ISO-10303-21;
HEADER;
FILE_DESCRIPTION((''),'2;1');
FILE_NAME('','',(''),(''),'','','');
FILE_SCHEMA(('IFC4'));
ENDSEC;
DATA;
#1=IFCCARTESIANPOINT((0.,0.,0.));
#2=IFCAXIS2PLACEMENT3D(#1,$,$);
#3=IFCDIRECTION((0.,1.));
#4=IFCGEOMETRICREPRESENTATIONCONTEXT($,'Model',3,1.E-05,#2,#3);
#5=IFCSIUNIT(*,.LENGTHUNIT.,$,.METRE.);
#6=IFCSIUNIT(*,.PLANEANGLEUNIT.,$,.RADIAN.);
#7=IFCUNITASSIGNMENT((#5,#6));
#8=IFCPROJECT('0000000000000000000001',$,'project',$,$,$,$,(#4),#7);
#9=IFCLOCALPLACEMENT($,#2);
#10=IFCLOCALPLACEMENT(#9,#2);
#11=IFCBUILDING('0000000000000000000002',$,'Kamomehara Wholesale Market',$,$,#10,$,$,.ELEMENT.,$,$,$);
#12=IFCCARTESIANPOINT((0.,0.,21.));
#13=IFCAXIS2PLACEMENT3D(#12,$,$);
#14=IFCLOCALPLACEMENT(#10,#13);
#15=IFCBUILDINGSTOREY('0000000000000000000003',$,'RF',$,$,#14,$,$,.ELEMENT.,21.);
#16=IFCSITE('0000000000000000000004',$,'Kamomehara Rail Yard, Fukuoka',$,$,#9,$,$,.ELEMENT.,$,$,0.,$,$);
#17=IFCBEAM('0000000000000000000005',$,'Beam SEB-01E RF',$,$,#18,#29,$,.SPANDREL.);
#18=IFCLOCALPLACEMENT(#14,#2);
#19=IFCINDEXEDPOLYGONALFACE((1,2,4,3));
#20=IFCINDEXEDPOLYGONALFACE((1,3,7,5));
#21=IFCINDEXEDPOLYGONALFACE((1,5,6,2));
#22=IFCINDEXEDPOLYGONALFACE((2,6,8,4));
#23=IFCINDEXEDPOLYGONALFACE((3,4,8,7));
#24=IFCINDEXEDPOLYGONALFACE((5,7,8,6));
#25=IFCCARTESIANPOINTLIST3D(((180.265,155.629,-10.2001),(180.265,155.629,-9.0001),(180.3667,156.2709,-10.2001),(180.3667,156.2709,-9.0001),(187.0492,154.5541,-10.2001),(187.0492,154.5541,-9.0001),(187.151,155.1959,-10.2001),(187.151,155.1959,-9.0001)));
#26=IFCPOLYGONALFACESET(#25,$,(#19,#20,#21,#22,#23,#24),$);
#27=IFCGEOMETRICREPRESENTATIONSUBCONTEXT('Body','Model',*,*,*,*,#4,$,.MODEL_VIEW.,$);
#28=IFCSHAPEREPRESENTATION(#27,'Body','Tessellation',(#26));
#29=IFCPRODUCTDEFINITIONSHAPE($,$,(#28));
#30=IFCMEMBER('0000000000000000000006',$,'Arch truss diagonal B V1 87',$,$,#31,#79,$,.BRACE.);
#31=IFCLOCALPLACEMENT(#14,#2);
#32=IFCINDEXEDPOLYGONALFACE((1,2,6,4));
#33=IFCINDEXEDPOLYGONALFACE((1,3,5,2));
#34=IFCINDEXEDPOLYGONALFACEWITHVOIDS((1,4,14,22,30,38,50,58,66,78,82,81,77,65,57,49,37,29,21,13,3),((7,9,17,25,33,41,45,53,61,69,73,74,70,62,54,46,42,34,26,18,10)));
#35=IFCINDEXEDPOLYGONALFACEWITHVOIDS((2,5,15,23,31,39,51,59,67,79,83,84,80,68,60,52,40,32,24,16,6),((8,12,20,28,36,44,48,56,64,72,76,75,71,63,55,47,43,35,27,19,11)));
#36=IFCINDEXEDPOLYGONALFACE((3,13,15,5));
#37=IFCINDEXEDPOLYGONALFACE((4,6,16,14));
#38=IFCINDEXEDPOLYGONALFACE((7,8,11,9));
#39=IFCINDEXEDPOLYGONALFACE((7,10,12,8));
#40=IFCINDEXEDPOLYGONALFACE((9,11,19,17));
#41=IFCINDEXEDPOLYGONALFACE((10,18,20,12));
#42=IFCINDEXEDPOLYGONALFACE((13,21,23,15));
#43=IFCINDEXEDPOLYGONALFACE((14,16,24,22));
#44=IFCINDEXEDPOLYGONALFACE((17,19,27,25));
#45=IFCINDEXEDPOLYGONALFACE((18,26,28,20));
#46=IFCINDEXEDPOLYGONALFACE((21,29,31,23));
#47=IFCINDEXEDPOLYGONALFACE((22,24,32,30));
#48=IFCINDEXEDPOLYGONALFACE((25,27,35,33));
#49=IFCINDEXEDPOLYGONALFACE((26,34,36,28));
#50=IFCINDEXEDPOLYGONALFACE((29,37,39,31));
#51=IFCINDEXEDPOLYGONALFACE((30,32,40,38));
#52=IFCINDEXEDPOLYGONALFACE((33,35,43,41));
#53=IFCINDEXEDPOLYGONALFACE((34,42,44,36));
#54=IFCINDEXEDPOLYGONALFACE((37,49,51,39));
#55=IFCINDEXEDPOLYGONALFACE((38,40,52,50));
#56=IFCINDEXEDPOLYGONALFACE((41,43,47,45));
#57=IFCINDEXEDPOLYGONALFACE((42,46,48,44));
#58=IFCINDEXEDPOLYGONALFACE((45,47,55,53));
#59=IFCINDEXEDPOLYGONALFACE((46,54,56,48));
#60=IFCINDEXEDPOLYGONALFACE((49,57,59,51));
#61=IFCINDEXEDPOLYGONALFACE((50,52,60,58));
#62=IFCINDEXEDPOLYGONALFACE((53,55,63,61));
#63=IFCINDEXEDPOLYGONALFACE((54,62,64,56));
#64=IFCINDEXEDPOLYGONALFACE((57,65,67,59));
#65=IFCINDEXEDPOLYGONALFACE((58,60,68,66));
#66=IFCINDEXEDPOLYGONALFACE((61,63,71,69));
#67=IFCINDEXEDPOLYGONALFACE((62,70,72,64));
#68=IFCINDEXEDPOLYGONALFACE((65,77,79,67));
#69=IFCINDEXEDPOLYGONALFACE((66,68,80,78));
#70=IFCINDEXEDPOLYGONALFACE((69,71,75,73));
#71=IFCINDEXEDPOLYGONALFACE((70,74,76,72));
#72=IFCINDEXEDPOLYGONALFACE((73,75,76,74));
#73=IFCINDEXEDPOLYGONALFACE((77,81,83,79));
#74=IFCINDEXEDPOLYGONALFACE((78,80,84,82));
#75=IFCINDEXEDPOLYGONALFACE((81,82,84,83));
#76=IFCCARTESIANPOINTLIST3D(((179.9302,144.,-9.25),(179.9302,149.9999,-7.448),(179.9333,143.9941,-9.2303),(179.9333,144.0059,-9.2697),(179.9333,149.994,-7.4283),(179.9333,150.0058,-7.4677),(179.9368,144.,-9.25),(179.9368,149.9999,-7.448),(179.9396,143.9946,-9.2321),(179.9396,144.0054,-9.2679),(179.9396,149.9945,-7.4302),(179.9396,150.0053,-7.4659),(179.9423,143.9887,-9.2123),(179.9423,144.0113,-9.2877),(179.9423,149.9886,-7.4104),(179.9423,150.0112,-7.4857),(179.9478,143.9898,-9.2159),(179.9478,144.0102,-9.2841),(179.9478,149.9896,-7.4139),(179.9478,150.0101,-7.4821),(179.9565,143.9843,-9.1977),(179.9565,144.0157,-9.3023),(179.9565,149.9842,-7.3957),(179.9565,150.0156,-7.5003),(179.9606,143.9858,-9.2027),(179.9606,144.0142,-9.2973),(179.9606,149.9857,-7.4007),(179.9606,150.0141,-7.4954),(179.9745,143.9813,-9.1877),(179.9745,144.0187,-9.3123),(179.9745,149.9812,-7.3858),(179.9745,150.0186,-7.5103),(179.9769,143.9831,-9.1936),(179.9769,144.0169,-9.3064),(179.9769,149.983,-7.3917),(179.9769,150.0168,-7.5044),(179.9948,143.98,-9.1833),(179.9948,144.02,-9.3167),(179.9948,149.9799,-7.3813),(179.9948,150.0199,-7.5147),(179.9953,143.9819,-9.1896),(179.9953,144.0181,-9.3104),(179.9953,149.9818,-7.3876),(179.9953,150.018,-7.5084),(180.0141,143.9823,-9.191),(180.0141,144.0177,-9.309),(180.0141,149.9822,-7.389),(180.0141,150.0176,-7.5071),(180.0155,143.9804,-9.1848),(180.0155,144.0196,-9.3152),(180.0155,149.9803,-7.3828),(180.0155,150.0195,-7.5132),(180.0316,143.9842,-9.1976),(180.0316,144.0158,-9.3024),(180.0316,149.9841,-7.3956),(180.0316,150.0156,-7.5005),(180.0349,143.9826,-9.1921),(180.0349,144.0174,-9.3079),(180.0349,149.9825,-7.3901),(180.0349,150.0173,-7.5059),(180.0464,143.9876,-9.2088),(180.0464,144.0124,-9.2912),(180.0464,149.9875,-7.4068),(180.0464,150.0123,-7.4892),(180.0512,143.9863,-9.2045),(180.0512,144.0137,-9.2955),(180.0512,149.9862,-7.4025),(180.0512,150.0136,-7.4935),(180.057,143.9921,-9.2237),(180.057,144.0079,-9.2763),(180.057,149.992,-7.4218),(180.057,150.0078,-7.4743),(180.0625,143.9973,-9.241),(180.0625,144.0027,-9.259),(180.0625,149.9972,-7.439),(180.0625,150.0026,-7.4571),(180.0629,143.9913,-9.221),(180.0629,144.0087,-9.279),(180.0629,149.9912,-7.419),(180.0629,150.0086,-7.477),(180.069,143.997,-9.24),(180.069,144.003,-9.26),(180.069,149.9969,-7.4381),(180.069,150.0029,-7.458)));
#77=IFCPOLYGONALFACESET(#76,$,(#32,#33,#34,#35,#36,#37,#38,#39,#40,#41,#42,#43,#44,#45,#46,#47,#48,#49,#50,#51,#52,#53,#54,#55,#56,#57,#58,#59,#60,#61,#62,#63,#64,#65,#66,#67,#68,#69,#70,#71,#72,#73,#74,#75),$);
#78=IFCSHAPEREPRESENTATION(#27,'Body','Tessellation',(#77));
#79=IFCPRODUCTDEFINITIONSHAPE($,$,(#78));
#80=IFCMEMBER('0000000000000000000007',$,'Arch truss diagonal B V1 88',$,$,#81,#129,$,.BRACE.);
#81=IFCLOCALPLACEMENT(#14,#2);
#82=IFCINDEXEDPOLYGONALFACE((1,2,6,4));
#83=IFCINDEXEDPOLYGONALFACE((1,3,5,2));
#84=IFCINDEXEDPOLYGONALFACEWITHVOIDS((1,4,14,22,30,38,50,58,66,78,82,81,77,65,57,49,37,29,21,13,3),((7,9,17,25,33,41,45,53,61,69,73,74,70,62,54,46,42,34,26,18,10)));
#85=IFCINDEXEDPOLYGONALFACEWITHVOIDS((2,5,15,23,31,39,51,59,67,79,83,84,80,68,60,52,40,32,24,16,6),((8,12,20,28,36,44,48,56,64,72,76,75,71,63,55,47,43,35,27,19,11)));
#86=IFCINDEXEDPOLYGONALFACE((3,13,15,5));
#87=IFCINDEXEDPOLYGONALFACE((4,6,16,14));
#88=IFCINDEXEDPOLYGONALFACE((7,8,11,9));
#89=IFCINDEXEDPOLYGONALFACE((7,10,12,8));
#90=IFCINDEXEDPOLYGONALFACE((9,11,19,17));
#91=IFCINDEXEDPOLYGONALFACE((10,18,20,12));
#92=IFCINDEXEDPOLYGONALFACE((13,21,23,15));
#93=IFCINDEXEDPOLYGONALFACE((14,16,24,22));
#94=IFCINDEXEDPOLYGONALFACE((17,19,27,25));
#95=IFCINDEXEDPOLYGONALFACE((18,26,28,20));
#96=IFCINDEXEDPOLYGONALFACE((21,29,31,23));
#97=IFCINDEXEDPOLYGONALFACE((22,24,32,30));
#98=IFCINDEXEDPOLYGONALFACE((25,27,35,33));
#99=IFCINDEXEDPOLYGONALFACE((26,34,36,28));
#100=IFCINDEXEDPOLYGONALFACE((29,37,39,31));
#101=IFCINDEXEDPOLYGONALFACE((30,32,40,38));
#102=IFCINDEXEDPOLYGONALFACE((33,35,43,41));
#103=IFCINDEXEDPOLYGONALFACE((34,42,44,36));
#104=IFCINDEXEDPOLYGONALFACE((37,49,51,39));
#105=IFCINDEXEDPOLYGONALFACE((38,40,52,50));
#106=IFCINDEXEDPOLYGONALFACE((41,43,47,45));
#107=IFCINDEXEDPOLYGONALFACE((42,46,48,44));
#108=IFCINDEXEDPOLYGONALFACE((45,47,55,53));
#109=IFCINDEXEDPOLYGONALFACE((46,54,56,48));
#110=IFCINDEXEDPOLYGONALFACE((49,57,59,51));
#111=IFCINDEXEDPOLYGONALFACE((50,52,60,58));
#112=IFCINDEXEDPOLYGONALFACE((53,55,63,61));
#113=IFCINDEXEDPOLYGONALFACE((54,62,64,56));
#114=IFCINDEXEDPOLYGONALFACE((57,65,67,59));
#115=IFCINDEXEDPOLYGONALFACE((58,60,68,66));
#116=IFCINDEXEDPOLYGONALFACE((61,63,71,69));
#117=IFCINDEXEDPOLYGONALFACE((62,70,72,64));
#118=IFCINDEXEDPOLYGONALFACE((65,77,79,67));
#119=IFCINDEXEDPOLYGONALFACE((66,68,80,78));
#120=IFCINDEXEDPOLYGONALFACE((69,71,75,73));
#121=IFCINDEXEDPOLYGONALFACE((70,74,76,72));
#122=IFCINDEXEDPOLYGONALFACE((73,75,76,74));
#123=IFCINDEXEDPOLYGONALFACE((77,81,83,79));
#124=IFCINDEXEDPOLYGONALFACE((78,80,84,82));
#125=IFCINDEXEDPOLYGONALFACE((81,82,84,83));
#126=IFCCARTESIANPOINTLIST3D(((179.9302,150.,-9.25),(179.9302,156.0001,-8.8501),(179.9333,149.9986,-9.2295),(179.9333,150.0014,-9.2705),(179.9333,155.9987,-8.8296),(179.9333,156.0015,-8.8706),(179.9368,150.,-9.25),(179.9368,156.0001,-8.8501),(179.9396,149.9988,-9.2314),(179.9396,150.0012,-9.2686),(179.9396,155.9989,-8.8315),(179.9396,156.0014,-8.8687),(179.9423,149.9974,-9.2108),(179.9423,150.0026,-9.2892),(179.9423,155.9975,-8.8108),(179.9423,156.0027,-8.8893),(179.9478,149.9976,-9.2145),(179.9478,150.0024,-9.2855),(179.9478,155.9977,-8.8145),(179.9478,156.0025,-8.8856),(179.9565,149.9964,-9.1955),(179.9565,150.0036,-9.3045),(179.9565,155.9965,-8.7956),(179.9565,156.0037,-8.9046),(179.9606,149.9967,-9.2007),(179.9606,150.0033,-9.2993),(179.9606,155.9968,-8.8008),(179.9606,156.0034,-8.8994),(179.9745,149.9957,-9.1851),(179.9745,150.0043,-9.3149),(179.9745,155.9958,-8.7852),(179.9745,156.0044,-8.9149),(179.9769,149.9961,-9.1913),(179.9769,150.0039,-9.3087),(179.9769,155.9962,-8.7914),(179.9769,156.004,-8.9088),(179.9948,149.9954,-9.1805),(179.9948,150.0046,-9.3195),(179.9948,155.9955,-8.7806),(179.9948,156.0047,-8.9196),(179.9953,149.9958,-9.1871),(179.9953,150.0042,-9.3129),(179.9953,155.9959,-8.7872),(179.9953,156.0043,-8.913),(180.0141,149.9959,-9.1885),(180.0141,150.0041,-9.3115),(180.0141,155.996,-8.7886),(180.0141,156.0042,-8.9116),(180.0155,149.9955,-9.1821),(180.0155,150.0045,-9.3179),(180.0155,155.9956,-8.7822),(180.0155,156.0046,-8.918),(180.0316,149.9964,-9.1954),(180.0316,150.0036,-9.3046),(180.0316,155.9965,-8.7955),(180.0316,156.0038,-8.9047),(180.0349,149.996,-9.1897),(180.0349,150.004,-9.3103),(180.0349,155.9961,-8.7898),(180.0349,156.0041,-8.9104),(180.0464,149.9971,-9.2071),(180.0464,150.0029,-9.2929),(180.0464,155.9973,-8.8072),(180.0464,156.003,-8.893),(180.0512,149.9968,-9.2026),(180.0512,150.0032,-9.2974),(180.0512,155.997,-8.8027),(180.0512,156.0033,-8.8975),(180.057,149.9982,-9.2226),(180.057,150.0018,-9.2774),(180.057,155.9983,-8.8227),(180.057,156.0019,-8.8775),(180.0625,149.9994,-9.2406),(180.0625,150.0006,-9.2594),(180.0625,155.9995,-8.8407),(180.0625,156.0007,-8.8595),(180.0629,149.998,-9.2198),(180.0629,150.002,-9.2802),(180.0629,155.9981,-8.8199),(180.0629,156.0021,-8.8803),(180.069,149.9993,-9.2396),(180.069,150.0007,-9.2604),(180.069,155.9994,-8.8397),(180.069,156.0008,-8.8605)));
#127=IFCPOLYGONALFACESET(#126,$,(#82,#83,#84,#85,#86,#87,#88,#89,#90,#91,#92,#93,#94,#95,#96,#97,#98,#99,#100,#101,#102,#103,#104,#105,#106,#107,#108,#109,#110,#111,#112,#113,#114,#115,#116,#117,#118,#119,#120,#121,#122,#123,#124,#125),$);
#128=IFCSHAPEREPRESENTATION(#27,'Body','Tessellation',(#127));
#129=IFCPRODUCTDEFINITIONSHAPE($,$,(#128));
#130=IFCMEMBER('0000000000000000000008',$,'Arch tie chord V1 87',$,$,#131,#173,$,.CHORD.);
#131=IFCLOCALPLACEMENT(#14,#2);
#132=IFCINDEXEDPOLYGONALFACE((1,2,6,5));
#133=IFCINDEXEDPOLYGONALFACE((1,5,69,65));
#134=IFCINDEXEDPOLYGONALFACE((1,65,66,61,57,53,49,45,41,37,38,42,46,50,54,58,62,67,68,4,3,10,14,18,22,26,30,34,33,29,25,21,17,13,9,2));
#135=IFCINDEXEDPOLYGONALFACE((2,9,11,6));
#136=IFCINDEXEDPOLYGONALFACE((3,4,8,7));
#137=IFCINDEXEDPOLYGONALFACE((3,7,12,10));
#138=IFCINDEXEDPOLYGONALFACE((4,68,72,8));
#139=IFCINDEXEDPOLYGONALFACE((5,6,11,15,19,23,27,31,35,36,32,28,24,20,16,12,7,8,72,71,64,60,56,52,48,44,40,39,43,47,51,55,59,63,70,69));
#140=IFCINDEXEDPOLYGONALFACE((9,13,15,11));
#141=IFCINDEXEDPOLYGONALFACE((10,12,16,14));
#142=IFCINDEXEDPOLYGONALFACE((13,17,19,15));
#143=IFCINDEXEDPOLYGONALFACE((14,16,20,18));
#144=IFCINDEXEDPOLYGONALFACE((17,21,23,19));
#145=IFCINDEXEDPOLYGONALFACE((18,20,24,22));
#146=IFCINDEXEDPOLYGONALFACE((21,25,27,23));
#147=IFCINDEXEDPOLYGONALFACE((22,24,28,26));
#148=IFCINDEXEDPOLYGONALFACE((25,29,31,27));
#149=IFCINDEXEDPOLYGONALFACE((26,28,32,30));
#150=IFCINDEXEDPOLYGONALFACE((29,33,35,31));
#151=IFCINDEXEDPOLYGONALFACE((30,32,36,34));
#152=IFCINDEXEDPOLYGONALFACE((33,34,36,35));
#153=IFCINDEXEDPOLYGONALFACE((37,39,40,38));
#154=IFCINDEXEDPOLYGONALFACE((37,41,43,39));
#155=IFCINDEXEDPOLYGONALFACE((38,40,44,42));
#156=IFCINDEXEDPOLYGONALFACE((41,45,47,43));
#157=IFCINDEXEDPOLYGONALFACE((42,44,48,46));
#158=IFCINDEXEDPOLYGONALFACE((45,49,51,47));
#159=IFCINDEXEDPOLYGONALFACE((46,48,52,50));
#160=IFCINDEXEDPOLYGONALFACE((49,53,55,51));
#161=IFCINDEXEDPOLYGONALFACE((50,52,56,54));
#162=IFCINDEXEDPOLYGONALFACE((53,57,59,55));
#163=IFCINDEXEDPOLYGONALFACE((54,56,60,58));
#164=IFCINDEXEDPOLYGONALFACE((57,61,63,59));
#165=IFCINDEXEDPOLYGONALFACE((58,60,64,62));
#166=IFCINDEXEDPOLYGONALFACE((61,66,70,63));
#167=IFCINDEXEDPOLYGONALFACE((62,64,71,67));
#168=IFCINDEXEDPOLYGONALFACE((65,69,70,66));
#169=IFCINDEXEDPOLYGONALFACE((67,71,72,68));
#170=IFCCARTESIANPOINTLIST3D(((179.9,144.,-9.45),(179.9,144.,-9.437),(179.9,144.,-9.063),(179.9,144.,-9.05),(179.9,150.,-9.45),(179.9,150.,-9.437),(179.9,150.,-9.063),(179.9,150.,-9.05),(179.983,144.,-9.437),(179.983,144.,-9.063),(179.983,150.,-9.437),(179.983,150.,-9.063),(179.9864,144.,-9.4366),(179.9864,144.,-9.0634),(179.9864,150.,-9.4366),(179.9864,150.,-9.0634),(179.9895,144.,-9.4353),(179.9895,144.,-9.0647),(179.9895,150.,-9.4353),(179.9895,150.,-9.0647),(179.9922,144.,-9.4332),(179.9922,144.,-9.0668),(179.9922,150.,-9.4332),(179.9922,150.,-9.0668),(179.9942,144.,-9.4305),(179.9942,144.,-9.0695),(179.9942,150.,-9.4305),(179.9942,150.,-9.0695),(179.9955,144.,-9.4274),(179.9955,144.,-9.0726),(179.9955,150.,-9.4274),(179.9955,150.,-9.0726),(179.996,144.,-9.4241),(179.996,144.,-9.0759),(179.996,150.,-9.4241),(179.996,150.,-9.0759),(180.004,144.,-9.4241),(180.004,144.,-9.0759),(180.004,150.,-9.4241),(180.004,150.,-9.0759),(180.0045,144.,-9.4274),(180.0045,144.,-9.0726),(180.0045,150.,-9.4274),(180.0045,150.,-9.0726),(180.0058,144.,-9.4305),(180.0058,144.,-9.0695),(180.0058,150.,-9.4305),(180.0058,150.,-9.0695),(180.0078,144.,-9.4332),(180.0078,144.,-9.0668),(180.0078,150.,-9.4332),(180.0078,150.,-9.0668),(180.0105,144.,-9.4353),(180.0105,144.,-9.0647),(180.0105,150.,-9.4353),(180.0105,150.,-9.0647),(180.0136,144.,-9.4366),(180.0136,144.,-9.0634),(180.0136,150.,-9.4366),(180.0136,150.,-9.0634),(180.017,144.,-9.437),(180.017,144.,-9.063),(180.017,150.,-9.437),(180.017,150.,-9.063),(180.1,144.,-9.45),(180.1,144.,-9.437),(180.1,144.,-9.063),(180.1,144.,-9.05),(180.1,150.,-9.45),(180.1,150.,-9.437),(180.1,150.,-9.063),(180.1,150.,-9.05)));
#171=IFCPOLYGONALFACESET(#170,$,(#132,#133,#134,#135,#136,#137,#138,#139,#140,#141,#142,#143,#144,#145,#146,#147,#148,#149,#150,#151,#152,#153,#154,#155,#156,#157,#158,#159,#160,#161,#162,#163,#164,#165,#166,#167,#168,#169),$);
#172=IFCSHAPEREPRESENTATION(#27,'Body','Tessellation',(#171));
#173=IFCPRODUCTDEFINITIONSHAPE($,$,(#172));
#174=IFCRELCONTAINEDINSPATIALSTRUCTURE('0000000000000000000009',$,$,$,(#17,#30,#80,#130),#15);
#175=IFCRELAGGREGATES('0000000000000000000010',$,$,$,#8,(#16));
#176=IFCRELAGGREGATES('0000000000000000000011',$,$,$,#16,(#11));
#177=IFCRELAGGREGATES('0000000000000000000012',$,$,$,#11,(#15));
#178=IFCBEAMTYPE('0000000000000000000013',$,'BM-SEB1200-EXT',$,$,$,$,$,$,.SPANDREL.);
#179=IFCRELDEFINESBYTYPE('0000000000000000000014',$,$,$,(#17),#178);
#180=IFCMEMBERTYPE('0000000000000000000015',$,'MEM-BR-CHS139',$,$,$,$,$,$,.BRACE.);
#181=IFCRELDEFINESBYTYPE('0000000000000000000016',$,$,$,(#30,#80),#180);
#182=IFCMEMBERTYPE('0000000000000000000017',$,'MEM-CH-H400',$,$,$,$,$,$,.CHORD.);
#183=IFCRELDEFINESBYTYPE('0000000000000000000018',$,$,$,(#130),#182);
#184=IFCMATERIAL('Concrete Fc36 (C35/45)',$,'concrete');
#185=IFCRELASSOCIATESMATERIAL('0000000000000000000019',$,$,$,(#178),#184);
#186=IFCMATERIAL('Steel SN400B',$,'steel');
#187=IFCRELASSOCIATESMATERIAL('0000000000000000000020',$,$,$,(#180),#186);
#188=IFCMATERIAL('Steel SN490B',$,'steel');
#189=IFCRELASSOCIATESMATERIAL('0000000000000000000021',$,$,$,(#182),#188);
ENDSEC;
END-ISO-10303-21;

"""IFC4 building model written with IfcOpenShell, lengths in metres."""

from ifc_helpers import new_model, si_unit, direction, frame, origin, origin_2d, place, context, subcontext, project, spatial, rectangle, hollow_circle, i_section, extrude, material, material_profile, profile_set, type_object, element, save


model = new_model("IFC4")

# Units and contexts
model_context = context("Model", 3, precision=1e-05, world=origin(), true_north=direction((0.0, 1.0)))
body_context = subcontext(model_context, "Body", "Model", "MODEL_VIEW")
ifc_project = project(units=[si_unit("LENGTHUNIT", "METRE"), si_unit("PLANEANGLEUNIT", "RADIAN")], contexts=[model_context])

# Site, building, storey
site_placement = place(None, origin())
site = spatial("IfcSite", under=ifc_project, at=site_placement, Name="Kamomehara Rail Yard, Fukuoka", CompositionType="ELEMENT", RefElevation=0.0)
building_placement = place(site_placement, origin())
building = spatial("IfcBuilding", under=site, at=building_placement, Name="Kamomehara Wholesale Market", CompositionType="ELEMENT")
storey_placement = place(building_placement, frame((0.0, 0.0, 21.0)))
storey = spatial("IfcBuildingStorey", under=building, at=storey_placement, Name="RF", CompositionType="ELEMENT", Elevation=21.0)

# Beam
ifc_material_1 = material(Name="Concrete Fc36 (C35/45)", Category="concrete")
ifc_material_profile_1 = material_profile(ifc_material_1, rectangle(XDim=0.6499, YDim=1.2, at=origin_2d()), Name="RC-SEB-650x1200")
ifc_profile_set_1 = profile_set([ifc_material_profile_1], Name="Concrete Fc36 (C35/45)")
beam_type_1 = type_object("IfcBeamType", Name="BM-SEB1200-EXT", PredefinedType="SPANDREL", material=ifc_profile_set_1)
beam_1_placement = place(storey_placement, frame((187.1001, 154.875, -9.6001), z_axis=(-0.987678, 0.156497, 0.0), x_axis=(-0.156497, -0.987678, 0.0)))
element("IfcBeam", 1, at=beam_1_placement, inside=storey, type_object=beam_type_1, Name="Beam SEB-01E RF", PredefinedType="SPANDREL", context=body_context, shape_type="SweptSolid", body=[
    extrude(rectangle(XDim=0.6499, YDim=1.2, at=origin_2d()), origin(), (0.0, 0.0, 1.0), 6.8689),
])

# Members
ifc_material_2 = material(Name="Steel SN400B", Category="steel")
ifc_material_profile_2 = material_profile(ifc_material_2, hollow_circle(Radius=0.0698, WallThickness=0.0066, at=origin_2d()), Name="CHS-139.8x6.6")
ifc_profile_set_2 = profile_set([ifc_material_profile_2], Name="Steel SN400B")
member_type_1 = type_object("IfcMemberType", Name="MEM-BR-CHS139", PredefinedType="BRACE", material=ifc_profile_set_2)
member_1_placement = place(storey_placement, frame((180.0, 144.0, -9.25), z_axis=(0.0, 0.957738, 0.287641), x_axis=(-1.0, 0.0, 0.0)))
element("IfcMember", 2, at=member_1_placement, inside=storey, type_object=member_type_1, Name="Arch truss diagonal B V1 87", PredefinedType="BRACE", context=body_context, shape_type="SweptSolid", body=[
    extrude(hollow_circle(Radius=0.0698, WallThickness=0.0066, at=origin_2d()), origin(), (0.0, 0.0, 1.0), 6.2646),
])
member_2_placement = place(storey_placement, frame((180.0, 150.0, -9.25), z_axis=(0.0, 0.997786, 0.066503), x_axis=(-1.0, 0.0, 0.0)))
element("IfcMember", 3, at=member_2_placement, inside=storey, type_object=member_type_1, Name="Arch truss diagonal B V1 88", PredefinedType="BRACE", context=body_context, shape_type="SweptSolid", body=[
    extrude(hollow_circle(Radius=0.0698, WallThickness=0.0066, at=origin_2d()), origin(), (0.0, 0.0, 1.0), 6.0134),
])
ifc_material_3 = material(Name="Steel SN490B", Category="steel")
ifc_material_profile_3 = material_profile(ifc_material_3, i_section(OverallWidth=0.2, OverallDepth=0.3999, WebThickness=0.0081, FlangeThickness=0.0129, FilletRadius=0.0129, at=origin_2d()), Name="H-400x200x8x13")
ifc_profile_set_3 = profile_set([ifc_material_profile_3], Name="Steel SN490B")
member_type_2 = type_object("IfcMemberType", Name="MEM-CH-H400", PredefinedType="CHORD", material=ifc_profile_set_3)
for number, where, z_axis, x_axis, name in (
    (4, (180.0, 144.0, -9.25), (0.0, 1.0, 0.0), (-1.0, 0.0, 0.0), "Arch tie chord V1 87"),
):
    element("IfcMember", number, at=place(storey_placement, frame(where, z_axis=z_axis, x_axis=x_axis)), inside=storey, type_object=member_type_2, Name=name, PredefinedType="CHORD", context=body_context, shape_type="SweptSolid", body=[
        extrude(i_section(OverallWidth=0.2, OverallDepth=0.3999, WebThickness=0.0081, FlangeThickness=0.0129, FilletRadius=0.0129, at=origin_2d()), origin(), (0.0, 0.0, 1.0), 6.0),
    ])

save(model, "model.ifc")
